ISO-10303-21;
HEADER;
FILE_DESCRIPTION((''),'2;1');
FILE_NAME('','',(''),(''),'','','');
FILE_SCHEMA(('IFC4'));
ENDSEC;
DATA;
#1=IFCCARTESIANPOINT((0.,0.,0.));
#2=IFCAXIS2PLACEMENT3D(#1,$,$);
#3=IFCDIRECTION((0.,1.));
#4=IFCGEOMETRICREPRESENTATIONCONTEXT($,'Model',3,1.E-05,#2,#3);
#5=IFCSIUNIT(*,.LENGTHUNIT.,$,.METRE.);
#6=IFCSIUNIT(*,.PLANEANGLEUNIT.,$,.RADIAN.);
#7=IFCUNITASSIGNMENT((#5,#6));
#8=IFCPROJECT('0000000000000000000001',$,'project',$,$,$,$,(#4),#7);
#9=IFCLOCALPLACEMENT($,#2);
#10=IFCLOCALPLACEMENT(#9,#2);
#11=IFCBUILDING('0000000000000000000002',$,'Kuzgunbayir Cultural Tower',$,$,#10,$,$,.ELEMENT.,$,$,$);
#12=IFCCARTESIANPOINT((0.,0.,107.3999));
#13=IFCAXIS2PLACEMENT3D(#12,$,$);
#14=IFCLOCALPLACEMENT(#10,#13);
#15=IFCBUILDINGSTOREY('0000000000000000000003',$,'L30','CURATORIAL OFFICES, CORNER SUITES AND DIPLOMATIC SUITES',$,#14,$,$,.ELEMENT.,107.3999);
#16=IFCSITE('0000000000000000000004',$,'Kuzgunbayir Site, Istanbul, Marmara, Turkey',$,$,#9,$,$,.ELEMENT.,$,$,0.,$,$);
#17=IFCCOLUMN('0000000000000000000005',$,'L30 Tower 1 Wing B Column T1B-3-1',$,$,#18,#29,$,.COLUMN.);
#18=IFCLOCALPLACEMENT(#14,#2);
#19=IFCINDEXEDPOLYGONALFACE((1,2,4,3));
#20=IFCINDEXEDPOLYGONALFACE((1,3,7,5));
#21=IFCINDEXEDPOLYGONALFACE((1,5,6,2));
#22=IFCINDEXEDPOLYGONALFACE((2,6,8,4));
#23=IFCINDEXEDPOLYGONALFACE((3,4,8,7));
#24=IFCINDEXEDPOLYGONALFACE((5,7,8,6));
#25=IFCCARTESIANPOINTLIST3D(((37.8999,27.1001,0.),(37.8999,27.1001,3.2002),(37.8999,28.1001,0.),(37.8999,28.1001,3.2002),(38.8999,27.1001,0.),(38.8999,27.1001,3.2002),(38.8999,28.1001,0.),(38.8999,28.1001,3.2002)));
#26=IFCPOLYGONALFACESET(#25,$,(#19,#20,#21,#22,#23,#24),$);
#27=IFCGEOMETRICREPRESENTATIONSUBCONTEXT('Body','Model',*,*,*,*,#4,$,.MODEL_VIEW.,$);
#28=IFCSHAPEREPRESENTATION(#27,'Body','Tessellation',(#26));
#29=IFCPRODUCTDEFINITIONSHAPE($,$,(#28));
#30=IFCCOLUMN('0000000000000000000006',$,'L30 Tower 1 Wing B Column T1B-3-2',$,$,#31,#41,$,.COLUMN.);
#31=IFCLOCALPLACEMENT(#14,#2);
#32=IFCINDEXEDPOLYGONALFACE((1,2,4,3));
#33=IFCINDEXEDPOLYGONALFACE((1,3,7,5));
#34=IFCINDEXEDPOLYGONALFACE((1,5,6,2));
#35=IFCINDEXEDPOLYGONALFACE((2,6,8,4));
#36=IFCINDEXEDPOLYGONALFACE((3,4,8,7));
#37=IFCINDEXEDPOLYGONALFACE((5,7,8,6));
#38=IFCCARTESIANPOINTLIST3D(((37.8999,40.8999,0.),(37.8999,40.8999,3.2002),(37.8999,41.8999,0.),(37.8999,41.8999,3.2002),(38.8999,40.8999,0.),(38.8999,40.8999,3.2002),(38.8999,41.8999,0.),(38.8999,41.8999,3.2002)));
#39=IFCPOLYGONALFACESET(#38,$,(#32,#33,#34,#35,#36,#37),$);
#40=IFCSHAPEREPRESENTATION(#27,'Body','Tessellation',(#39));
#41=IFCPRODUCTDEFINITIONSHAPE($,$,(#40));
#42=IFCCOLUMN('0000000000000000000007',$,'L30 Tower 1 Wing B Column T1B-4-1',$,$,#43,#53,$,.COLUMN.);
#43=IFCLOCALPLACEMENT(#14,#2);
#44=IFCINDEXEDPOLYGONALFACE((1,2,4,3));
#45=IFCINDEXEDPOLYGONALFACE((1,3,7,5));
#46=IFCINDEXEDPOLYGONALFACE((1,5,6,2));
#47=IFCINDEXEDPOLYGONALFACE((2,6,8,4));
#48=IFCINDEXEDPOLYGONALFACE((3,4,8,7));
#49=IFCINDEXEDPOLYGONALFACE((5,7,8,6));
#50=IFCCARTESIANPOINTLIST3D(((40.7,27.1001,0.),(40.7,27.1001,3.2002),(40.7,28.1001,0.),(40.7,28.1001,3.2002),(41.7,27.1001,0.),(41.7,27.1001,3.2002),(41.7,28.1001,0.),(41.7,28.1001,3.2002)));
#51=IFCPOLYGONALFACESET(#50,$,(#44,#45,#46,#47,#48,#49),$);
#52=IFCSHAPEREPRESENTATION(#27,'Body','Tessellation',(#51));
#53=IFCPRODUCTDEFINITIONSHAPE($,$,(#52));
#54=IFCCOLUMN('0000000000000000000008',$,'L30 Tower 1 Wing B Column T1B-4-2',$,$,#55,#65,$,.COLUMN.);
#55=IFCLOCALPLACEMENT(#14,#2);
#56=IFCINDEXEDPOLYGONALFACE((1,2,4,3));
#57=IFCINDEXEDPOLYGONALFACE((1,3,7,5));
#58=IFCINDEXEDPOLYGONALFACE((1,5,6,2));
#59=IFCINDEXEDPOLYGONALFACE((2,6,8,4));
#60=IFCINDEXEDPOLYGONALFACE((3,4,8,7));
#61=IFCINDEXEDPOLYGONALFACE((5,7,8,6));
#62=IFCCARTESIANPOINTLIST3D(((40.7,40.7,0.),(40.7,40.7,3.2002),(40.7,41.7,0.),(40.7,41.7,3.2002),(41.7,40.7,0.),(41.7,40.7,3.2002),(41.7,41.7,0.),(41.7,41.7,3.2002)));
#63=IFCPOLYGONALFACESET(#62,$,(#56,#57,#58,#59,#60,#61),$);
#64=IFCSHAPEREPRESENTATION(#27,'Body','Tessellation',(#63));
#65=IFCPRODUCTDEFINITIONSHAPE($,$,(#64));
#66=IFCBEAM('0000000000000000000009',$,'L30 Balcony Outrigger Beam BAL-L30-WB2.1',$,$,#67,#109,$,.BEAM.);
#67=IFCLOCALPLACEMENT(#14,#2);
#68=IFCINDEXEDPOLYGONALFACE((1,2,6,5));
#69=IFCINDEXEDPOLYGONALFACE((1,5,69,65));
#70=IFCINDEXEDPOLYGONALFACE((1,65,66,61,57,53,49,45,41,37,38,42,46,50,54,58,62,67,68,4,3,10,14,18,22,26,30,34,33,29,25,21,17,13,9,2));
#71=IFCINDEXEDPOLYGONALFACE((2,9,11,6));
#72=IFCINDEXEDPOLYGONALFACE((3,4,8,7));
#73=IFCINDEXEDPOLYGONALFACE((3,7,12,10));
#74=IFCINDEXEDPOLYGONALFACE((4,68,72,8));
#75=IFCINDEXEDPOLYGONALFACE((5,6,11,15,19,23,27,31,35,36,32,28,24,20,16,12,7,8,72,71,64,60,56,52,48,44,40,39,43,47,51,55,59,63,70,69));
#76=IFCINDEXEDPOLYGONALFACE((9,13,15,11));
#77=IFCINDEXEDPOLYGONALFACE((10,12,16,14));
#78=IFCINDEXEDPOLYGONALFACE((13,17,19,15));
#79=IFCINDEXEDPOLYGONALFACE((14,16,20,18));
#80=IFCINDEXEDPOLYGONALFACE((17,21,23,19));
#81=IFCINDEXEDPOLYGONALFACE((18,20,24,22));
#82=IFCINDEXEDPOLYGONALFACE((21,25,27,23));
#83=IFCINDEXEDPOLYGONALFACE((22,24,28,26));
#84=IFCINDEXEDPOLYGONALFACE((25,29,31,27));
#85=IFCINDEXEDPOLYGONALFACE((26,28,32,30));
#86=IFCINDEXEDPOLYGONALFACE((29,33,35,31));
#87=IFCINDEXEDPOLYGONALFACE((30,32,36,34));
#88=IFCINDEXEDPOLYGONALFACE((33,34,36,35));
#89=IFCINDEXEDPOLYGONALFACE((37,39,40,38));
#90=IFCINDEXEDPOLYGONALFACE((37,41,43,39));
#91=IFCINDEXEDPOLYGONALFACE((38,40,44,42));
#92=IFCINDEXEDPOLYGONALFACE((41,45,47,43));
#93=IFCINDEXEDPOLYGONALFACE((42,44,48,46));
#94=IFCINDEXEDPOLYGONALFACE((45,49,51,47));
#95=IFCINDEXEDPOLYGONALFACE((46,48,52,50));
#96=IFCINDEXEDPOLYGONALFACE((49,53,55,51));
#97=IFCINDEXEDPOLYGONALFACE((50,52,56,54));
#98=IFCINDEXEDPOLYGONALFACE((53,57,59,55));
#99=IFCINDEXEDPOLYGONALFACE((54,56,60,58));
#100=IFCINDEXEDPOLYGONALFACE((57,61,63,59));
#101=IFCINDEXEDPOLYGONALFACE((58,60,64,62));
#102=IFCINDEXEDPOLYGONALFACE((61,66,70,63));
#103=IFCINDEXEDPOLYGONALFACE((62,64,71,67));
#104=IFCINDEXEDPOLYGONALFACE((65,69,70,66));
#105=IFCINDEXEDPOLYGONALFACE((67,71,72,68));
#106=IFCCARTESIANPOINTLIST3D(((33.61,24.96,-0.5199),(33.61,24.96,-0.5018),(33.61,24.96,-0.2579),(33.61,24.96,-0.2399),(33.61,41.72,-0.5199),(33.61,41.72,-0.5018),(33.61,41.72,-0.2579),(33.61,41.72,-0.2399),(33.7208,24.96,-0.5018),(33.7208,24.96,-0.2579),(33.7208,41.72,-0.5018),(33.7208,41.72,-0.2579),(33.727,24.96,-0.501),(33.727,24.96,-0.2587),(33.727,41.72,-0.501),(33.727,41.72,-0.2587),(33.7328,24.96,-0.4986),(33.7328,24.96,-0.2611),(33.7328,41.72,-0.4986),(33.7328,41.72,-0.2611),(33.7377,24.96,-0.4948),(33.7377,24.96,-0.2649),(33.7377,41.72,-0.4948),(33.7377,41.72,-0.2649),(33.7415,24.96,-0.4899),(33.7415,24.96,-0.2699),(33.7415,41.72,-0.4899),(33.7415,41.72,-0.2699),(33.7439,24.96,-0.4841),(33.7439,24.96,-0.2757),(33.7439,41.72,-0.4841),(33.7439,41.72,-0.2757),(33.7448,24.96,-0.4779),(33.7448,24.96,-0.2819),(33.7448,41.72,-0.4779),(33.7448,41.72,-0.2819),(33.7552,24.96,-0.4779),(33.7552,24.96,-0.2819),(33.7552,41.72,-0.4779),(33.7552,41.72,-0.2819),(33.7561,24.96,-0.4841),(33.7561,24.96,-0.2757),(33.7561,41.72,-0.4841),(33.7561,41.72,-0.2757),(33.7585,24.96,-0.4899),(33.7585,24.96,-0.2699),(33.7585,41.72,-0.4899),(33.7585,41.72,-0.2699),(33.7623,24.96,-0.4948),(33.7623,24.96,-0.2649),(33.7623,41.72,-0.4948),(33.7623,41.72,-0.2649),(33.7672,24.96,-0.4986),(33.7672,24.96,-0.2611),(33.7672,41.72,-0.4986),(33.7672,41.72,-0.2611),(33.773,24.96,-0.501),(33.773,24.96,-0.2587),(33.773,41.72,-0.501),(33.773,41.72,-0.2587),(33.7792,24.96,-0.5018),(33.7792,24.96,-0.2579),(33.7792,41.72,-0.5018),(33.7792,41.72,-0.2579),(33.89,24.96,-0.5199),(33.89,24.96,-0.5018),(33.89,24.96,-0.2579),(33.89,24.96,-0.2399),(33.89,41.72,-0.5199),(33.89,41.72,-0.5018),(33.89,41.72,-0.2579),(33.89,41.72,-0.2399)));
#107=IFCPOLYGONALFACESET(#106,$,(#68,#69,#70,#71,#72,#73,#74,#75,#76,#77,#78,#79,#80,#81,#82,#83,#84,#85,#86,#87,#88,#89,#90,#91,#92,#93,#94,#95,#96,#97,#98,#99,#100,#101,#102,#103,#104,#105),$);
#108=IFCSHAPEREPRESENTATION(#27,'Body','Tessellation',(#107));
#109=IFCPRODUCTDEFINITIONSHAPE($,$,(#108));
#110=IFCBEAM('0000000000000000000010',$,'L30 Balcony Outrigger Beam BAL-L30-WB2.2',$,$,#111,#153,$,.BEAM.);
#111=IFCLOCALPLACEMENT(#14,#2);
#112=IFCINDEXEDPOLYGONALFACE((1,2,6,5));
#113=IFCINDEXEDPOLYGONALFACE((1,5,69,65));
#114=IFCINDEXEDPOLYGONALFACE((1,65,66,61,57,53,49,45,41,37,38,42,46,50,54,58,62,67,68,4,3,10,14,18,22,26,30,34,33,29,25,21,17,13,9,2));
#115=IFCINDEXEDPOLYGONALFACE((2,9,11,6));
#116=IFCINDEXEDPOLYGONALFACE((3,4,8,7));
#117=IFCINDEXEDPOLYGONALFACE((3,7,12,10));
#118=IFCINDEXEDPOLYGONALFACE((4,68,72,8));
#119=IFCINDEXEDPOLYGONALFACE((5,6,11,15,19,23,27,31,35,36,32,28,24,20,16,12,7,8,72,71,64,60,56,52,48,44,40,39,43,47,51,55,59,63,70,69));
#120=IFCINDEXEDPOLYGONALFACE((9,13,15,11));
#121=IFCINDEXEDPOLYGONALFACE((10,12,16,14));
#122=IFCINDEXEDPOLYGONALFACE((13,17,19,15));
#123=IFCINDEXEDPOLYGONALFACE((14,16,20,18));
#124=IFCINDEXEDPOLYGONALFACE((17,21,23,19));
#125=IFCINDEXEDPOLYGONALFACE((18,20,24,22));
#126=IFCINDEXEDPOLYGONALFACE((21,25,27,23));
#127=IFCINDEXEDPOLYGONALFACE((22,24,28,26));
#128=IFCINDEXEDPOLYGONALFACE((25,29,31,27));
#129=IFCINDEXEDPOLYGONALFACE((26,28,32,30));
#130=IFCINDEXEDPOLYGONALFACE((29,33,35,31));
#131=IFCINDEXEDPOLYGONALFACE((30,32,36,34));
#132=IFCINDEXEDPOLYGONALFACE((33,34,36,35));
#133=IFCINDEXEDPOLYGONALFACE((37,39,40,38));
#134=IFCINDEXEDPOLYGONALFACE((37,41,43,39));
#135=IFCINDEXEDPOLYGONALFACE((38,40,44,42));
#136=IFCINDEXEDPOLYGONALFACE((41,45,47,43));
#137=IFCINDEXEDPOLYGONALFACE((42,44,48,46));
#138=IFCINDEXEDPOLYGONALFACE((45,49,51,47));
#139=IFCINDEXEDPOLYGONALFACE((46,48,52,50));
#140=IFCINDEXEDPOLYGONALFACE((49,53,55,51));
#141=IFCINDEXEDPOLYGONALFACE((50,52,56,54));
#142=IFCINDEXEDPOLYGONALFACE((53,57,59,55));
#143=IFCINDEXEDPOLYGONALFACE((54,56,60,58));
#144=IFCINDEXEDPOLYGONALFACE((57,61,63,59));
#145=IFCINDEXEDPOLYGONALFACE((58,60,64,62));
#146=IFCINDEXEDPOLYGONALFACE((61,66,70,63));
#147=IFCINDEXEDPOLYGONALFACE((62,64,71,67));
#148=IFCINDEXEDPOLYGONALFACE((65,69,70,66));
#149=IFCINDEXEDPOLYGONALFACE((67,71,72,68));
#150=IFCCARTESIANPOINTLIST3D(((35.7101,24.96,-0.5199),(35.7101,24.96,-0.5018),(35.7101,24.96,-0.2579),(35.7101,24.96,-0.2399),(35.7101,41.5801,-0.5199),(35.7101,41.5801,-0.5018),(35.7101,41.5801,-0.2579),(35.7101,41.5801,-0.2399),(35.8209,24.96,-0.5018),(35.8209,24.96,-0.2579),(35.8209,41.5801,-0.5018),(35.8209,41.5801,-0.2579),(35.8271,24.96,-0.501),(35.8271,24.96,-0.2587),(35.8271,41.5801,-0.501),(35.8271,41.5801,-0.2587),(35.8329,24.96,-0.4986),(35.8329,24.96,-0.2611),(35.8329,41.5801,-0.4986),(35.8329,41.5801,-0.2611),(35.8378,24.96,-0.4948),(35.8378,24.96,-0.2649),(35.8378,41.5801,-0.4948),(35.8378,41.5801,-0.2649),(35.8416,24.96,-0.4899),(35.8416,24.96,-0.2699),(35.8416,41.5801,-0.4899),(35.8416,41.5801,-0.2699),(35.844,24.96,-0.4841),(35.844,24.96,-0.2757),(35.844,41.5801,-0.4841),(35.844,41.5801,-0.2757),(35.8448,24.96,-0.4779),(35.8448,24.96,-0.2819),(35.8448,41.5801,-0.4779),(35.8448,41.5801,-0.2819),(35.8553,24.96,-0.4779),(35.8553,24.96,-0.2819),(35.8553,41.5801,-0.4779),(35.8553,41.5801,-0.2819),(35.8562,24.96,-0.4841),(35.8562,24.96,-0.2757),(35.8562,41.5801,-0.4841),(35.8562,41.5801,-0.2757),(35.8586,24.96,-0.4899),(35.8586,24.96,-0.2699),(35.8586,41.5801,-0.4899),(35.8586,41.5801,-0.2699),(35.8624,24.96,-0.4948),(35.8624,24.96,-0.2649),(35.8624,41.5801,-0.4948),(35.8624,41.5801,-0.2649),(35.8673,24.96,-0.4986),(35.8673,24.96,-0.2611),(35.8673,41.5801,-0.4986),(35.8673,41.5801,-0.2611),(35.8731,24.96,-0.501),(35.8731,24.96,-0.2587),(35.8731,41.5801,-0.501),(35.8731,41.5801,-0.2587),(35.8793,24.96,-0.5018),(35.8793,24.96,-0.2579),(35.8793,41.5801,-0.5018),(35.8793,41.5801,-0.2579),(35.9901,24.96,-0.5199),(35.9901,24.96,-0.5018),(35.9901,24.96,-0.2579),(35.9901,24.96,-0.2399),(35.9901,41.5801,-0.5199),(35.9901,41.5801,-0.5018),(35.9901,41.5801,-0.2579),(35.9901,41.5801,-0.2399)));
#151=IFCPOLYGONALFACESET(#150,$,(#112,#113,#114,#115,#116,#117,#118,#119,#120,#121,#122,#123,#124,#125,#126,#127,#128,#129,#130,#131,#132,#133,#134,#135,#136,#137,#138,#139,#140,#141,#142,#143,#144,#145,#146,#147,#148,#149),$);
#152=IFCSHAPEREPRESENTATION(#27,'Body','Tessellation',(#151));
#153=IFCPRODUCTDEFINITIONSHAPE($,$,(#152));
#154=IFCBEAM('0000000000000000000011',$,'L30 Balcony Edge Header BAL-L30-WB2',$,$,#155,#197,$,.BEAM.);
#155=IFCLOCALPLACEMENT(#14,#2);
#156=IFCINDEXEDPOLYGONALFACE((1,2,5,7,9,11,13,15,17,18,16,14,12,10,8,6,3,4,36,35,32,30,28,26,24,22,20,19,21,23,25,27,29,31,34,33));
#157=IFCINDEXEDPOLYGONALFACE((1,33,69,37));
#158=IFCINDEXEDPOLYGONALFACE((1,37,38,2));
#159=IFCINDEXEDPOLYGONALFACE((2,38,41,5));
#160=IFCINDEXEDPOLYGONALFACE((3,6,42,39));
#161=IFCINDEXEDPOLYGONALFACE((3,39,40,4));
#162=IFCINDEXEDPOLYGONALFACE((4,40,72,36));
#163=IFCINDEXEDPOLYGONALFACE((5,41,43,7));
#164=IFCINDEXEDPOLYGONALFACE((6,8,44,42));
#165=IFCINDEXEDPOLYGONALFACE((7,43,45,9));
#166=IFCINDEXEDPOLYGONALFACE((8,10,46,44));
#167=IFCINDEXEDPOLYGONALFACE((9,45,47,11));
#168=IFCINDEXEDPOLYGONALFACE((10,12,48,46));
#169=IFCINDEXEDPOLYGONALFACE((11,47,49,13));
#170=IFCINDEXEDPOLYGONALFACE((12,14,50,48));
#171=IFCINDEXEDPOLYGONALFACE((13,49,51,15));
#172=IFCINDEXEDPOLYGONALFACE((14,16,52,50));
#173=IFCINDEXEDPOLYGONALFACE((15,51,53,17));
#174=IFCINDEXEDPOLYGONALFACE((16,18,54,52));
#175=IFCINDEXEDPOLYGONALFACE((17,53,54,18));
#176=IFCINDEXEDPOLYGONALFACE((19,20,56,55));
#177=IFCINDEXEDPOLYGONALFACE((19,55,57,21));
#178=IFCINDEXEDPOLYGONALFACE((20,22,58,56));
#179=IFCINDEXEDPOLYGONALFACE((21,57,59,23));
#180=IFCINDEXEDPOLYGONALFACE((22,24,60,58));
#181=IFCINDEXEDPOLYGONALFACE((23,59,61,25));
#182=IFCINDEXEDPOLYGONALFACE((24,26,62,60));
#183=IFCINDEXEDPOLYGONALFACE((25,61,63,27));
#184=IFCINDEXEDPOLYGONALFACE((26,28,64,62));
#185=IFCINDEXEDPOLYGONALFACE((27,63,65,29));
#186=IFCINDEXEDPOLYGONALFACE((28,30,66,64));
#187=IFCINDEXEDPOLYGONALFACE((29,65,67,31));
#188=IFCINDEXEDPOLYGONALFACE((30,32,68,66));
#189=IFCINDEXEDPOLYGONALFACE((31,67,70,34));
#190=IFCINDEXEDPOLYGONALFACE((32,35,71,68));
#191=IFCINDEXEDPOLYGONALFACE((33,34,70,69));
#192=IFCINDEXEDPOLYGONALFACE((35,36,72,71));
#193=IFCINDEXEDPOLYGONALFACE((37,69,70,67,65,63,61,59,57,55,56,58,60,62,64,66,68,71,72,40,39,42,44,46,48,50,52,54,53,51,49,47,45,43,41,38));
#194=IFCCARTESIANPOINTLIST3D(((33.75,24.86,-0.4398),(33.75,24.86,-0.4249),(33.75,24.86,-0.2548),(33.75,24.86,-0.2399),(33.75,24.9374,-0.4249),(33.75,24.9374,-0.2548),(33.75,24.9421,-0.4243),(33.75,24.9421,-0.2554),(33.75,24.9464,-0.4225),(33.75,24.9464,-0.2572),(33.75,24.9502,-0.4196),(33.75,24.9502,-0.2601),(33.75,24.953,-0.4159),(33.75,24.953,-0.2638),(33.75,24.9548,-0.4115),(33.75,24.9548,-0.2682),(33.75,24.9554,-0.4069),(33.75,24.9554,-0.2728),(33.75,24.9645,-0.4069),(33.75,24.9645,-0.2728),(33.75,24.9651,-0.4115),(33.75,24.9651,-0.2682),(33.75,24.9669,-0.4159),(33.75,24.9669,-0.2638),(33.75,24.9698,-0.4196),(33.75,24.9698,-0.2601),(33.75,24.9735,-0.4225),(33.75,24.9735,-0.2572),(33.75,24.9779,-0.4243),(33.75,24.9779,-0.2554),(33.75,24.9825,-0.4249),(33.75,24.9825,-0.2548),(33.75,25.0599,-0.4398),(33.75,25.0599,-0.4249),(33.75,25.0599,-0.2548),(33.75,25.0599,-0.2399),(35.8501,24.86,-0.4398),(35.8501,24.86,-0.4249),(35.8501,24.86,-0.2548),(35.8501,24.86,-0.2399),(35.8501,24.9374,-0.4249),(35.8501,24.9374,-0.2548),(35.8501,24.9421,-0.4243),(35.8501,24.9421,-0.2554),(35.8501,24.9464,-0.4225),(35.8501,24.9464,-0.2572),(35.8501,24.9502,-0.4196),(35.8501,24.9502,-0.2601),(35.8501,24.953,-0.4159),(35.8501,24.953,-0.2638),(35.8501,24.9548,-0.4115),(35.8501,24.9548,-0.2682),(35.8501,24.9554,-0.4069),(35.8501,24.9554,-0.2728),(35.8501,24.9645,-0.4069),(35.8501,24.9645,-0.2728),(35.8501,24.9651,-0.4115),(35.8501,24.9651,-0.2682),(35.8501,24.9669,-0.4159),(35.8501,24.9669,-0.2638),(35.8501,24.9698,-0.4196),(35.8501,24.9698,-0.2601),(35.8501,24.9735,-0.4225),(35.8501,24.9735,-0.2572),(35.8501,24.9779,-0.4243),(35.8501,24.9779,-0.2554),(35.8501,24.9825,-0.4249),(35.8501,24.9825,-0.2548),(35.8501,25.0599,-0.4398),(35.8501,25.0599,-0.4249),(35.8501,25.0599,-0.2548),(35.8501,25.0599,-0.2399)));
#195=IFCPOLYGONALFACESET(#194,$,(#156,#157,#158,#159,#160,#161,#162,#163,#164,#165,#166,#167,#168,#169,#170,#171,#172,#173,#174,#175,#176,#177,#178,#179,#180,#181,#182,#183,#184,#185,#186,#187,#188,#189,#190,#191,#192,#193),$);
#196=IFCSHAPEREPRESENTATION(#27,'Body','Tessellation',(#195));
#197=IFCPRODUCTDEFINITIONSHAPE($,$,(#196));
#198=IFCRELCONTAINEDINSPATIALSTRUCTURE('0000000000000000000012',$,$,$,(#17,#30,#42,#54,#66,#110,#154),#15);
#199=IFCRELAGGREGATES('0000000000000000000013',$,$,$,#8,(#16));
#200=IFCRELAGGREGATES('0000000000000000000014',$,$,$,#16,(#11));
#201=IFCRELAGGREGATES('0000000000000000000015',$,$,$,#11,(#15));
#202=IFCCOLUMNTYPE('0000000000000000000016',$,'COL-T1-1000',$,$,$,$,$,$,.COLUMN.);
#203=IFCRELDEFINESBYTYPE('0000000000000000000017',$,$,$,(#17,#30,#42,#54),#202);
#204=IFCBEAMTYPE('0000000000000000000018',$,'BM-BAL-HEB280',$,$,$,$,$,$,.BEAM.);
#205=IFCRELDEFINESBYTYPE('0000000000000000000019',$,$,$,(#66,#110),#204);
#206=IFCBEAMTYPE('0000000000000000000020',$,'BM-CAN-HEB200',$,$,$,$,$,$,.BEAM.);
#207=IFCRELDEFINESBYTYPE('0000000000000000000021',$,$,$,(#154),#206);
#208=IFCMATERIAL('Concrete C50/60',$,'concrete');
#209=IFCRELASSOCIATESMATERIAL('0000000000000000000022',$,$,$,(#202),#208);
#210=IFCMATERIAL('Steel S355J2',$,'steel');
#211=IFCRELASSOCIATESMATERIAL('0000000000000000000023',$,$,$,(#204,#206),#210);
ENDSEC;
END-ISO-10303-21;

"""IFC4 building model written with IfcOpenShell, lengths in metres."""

from ifc_helpers import new_model, si_unit, direction, frame, origin, origin_2d, place, context, subcontext, project, spatial, rectangle, i_section, extrude, material, material_profile, profile_set, type_object, element, save


model = new_model("IFC4")

# Units and contexts
model_context = context("Model", 3, precision=1e-05, world=origin(), true_north=direction((0.0, 1.0)))
body_context = subcontext(model_context, "Body", "Model", "MODEL_VIEW")
ifc_project = project(units=[si_unit("LENGTHUNIT", "METRE"), si_unit("PLANEANGLEUNIT", "RADIAN")], contexts=[model_context])

# Site, building, storey
site_placement = place(None, origin())
site = spatial("IfcSite", under=ifc_project, at=site_placement, Name="Kuzgunbayir Site, Istanbul, Marmara, Turkey", CompositionType="ELEMENT", RefElevation=0.0)
building_placement = place(site_placement, origin())
building = spatial("IfcBuilding", under=site, at=building_placement, Name="Kuzgunbayir Cultural Tower", CompositionType="ELEMENT")
storey_placement = place(building_placement, frame((0.0, 0.0, 107.3999)))
storey = spatial("IfcBuildingStorey", under=building, at=storey_placement, Name="L30", Description="CURATORIAL OFFICES, CORNER SUITES AND DIPLOMATIC SUITES", CompositionType="ELEMENT", Elevation=107.3999)

# Columns
ifc_material_1 = material(Name="Concrete C50/60", Category="concrete")
ifc_material_profile_1 = material_profile(ifc_material_1, rectangle(XDim=1.0, YDim=1.0, at=origin_2d()), Name="RC 1000x1000")
ifc_profile_set_1 = profile_set([ifc_material_profile_1], Name="Concrete C50/60")
column_type = type_object("IfcColumnType", Name="COL-T1-1000", PredefinedType="COLUMN", material=ifc_profile_set_1)
for number, where, z_axis, x_axis, name in (
    (1, (38.3999, 27.6001, 0.0), (0.0, 0.0, 1.0), (1.0, 0.0, 0.0), "L30 Tower 1 Wing B Column T1B-3-1"),
    (2, (38.3999, 41.3999, 0.0), (0.0, 0.0, 1.0), (1.0, 0.0, 0.0), "L30 Tower 1 Wing B Column T1B-3-2"),
    (3, (41.2, 27.6001, 0.0), (0.0, 0.0, 1.0), (1.0, 0.0, 0.0), "L30 Tower 1 Wing B Column T1B-4-1"),
    (4, (41.2, 41.2, 0.0), (0.0, 0.0, 1.0), (1.0, 0.0, 0.0), "L30 Tower 1 Wing B Column T1B-4-2"),
):
    element("IfcColumn", number, at=place(storey_placement, frame(where, z_axis=z_axis, x_axis=x_axis)), inside=storey, type_object=column_type, Name=name, PredefinedType="COLUMN", context=body_context, shape_type="SweptSolid", body=[
        extrude(rectangle(XDim=1.0, YDim=1.0, at=origin_2d()), origin(), (0.0, 0.0, 1.0), 3.2002),
    ])

# Beams
ifc_material_2 = material(Name="Steel S355J2", Category="steel")
ifc_material_profile_2 = material_profile(ifc_material_2, i_section(OverallWidth=0.28, OverallDepth=0.28, WebThickness=0.0105, FlangeThickness=0.0181, FilletRadius=0.0239, at=origin_2d()), Name="HEB 280")
ifc_profile_set_2 = profile_set([ifc_material_profile_2], Name="Steel S355J2")
beam_type_1 = type_object("IfcBeamType", Name="BM-BAL-HEB280", PredefinedType="BEAM", material=ifc_profile_set_2)
beam_1_placement = place(storey_placement, frame((33.75, 24.96, -0.3799), z_axis=(0.0, 1.0, 0.0), x_axis=(-1.0, 0.0, 0.0)))
element("IfcBeam", 5, at=beam_1_placement, inside=storey, type_object=beam_type_1, Name="L30 Balcony Outrigger Beam BAL-L30-WB2.1", PredefinedType="BEAM", context=body_context, shape_type="SweptSolid", body=[
    extrude(i_section(OverallWidth=0.28, OverallDepth=0.28, WebThickness=0.0105, FlangeThickness=0.0181, FilletRadius=0.0239, at=origin_2d()), origin(), (0.0, 0.0, 1.0), 16.76),
])
beam_2_placement = place(storey_placement, frame((35.8501, 24.96, -0.3799), z_axis=(0.0, 1.0, 0.0), x_axis=(-1.0, 0.0, 0.0)))
element("IfcBeam", 6, at=beam_2_placement, inside=storey, type_object=beam_type_1, Name="L30 Balcony Outrigger Beam BAL-L30-WB2.2", PredefinedType="BEAM", context=body_context, shape_type="SweptSolid", body=[
    extrude(i_section(OverallWidth=0.28, OverallDepth=0.28, WebThickness=0.0105, FlangeThickness=0.0181, FilletRadius=0.0239, at=origin_2d()), origin(), (0.0, 0.0, 1.0), 16.6201),
])
ifc_material_profile_3 = material_profile(ifc_material_2, i_section(OverallWidth=0.2, OverallDepth=0.2, WebThickness=0.009, FlangeThickness=0.0149, FilletRadius=0.0181, at=origin_2d()), Name="HEB 200")
ifc_profile_set_3 = profile_set([ifc_material_profile_3], Name="Steel S355J2")
beam_type_2 = type_object("IfcBeamType", Name="BM-CAN-HEB200", PredefinedType="BEAM", material=ifc_profile_set_3)
beam_3_placement = place(storey_placement, frame((33.75, 24.96, -0.3398), z_axis=(1.0, 0.0, 0.0), x_axis=(0.0, 1.0, 0.0)))
element("IfcBeam", 7, at=beam_3_placement, inside=storey, type_object=beam_type_2, Name="L30 Balcony Edge Header BAL-L30-WB2", PredefinedType="BEAM", context=body_context, shape_type="SweptSolid", body=[
    extrude(i_section(OverallWidth=0.2, OverallDepth=0.2, WebThickness=0.009, FlangeThickness=0.0149, FilletRadius=0.0181, at=origin_2d()), origin(), (0.0, 0.0, 1.0), 2.1001),
])

save(model, "model.ifc")
